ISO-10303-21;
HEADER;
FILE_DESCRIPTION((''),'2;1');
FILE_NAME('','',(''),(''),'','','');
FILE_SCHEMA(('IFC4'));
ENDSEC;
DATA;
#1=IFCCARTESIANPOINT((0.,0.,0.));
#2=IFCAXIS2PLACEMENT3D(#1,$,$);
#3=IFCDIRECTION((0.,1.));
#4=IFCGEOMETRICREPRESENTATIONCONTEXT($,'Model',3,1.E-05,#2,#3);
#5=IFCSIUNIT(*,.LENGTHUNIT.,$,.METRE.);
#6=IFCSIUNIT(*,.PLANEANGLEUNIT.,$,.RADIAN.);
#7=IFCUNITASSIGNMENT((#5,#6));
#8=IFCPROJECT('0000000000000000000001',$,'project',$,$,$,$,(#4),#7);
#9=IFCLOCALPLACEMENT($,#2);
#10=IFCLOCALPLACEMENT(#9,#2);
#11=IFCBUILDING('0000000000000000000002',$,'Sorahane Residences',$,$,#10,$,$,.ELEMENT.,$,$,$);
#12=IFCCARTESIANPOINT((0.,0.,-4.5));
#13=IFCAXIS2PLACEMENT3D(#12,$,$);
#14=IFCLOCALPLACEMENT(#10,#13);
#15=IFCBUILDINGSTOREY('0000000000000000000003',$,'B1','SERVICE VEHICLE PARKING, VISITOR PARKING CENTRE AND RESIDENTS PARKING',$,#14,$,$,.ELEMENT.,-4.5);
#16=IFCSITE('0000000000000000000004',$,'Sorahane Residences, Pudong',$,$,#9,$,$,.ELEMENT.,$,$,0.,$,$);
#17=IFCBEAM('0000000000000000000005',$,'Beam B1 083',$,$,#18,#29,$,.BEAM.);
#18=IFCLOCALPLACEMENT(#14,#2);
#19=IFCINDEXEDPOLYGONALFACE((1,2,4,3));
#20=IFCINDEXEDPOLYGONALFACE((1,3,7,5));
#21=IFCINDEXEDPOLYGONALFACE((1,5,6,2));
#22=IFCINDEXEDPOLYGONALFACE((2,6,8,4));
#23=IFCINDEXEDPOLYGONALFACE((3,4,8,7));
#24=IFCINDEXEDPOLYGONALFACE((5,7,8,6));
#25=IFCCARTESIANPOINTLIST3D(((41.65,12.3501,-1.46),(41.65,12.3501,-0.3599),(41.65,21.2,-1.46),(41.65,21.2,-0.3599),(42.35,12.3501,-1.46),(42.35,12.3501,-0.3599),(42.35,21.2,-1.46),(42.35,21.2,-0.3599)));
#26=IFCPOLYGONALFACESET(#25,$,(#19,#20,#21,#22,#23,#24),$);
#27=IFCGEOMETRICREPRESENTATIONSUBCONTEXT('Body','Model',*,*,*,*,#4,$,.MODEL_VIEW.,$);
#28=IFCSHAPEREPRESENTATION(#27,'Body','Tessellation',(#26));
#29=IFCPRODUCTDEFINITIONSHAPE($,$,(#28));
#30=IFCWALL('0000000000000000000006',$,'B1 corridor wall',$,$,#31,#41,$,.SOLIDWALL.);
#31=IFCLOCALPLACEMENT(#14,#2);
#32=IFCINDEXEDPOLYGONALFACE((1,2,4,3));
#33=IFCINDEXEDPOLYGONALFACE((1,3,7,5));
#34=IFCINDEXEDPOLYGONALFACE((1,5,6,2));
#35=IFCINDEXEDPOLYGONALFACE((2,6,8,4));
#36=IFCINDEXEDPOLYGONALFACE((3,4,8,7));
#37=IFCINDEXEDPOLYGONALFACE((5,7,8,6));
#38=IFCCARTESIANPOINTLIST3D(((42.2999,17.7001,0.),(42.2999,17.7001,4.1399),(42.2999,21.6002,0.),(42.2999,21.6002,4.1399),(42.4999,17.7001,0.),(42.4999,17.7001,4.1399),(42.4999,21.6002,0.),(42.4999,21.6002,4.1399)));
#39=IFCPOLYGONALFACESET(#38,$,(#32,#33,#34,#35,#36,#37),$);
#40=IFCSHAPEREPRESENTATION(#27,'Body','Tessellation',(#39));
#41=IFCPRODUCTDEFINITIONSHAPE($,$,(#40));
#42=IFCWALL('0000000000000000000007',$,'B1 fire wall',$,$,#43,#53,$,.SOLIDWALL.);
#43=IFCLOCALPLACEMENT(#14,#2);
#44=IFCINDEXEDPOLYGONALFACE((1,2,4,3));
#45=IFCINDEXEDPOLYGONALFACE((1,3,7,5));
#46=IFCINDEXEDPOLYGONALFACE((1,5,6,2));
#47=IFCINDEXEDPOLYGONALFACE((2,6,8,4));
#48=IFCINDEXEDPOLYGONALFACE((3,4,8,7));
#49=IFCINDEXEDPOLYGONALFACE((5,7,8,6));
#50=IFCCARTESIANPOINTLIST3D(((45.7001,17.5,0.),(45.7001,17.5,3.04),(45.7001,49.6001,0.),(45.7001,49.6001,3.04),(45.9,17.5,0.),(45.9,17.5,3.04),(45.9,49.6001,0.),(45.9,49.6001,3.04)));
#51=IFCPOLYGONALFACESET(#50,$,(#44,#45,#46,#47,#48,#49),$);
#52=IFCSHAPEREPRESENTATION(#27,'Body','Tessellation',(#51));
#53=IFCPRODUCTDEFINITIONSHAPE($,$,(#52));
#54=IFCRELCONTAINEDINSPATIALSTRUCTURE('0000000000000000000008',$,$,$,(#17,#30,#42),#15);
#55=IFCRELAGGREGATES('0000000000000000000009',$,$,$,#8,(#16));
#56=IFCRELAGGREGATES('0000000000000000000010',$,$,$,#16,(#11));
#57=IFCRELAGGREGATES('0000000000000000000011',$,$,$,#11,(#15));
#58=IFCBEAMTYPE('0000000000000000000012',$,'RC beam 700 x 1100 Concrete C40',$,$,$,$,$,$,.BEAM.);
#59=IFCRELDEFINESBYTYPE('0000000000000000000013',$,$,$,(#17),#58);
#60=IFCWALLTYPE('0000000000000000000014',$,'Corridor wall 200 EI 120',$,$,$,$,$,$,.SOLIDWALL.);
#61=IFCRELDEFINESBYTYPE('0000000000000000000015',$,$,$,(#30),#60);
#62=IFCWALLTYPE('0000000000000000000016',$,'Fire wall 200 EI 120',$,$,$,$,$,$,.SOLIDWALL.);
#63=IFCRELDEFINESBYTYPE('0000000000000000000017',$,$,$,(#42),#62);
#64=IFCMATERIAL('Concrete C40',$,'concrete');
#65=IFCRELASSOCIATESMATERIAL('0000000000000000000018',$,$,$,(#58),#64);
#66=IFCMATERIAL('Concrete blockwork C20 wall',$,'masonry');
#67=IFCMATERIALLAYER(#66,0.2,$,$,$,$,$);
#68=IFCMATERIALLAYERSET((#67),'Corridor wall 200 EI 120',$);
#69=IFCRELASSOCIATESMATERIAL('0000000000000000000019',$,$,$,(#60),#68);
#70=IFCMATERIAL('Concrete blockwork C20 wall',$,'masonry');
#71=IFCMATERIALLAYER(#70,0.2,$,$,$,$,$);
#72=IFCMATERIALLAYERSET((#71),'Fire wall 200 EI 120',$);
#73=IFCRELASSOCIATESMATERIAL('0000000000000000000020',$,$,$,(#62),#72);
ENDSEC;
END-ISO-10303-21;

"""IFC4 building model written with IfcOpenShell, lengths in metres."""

from ifc_helpers import new_model, si_unit, direction, frame, frame_2d, origin, origin_2d, place, context, subcontext, project, spatial, rectangle, extrude, material, layer, layer_set, material_profile, profile_set, type_object, element, save


model = new_model("IFC4")

# Units and contexts
model_context = context("Model", 3, precision=1e-05, world=origin(), true_north=direction((0.0, 1.0)))
body_context = subcontext(model_context, "Body", "Model", "MODEL_VIEW")
ifc_project = project(units=[si_unit("LENGTHUNIT", "METRE"), si_unit("PLANEANGLEUNIT", "RADIAN")], contexts=[model_context])

# Site, building, storey
site_placement = place(None, origin())
site = spatial("IfcSite", under=ifc_project, at=site_placement, Name="Sorahane Residences, Pudong", CompositionType="ELEMENT", RefElevation=0.0)
building_placement = place(site_placement, origin())
building = spatial("IfcBuilding", under=site, at=building_placement, Name="Sorahane Residences", CompositionType="ELEMENT")
storey_placement = place(building_placement, frame((0.0, 0.0, -4.5)))
storey = spatial("IfcBuildingStorey", under=building, at=storey_placement, Name="B1", Description="SERVICE VEHICLE PARKING, VISITOR PARKING CENTRE AND RESIDENTS PARKING", CompositionType="ELEMENT", Elevation=-4.5)

# Beam
ifc_material_1 = material(Name="Concrete C40", Category="concrete")
ifc_material_profile_1 = material_profile(ifc_material_1, rectangle(XDim=0.7, YDim=1.1001, at=origin_2d()), Name="700x1100")
ifc_profile_set_1 = profile_set([ifc_material_profile_1], Name="Concrete C40")
beam_type = type_object("IfcBeamType", Name="RC beam 700 x 1100 Concrete C40", PredefinedType="BEAM", material=ifc_profile_set_1)
beam_1_placement = place(storey_placement, frame((42.0, 12.3501, -0.9099), z_axis=(0.0, 1.0, 0.0), x_axis=(-1.0, 0.0, 0.0)))
element("IfcBeam", 1, at=beam_1_placement, inside=storey, type_object=beam_type, Name="Beam B1 083", PredefinedType="BEAM", context=body_context, shape_type="SweptSolid", body=[
    extrude(rectangle(XDim=0.7, YDim=1.1001, at=origin_2d()), origin(), (0.0, 0.0, 1.0), 8.8499),
])

# Walls
ifc_material_2 = material(Name="Concrete blockwork C20 wall", Category="masonry")
ifc_layer_1 = layer(ifc_material_2, 0.2)
ifc_layer_set_1 = layer_set([ifc_layer_1], Name="Corridor wall 200 EI 120")
wall_type_1 = type_object("IfcWallType", Name="Corridor wall 200 EI 120", PredefinedType="SOLIDWALL", material=ifc_layer_set_1)
wall_1_placement = place(storey_placement, frame((42.3999, 17.7, 0.0), z_axis=(0.0, 0.0, 1.0), x_axis=(0.0, 1.0, 0.0)))
element("IfcWall", 2, at=wall_1_placement, inside=storey, type_object=wall_type_1, Name="B1 corridor wall", PredefinedType="SOLIDWALL", context=body_context, shape_type="SweptSolid", body=[
    extrude(rectangle(XDim=3.9001, YDim=0.2, at=frame_2d((1.9502, 0.0))), origin(), (0.0, 0.0, 1.0), 4.1399),
])
ifc_material_3 = material(Name="Concrete blockwork C20 wall", Category="masonry")
ifc_layer_2 = layer(ifc_material_3, 0.2)
ifc_layer_set_2 = layer_set([ifc_layer_2], Name="Fire wall 200 EI 120")
wall_type_2 = type_object("IfcWallType", Name="Fire wall 200 EI 120", PredefinedType="SOLIDWALL", material=ifc_layer_set_2)
wall_2_placement = place(storey_placement, frame((45.8, 17.5, 0.0), z_axis=(0.0, 0.0, 1.0), x_axis=(0.0, 1.0, 0.0)))
element("IfcWall", 3, at=wall_2_placement, inside=storey, type_object=wall_type_2, Name="B1 fire wall", PredefinedType="SOLIDWALL", context=body_context, shape_type="SweptSolid", body=[
    extrude(rectangle(XDim=32.1001, YDim=0.2, at=frame_2d((16.05, 0.0))), origin(), (0.0, 0.0, 1.0), 3.04),
])

save(model, "model.ifc")
